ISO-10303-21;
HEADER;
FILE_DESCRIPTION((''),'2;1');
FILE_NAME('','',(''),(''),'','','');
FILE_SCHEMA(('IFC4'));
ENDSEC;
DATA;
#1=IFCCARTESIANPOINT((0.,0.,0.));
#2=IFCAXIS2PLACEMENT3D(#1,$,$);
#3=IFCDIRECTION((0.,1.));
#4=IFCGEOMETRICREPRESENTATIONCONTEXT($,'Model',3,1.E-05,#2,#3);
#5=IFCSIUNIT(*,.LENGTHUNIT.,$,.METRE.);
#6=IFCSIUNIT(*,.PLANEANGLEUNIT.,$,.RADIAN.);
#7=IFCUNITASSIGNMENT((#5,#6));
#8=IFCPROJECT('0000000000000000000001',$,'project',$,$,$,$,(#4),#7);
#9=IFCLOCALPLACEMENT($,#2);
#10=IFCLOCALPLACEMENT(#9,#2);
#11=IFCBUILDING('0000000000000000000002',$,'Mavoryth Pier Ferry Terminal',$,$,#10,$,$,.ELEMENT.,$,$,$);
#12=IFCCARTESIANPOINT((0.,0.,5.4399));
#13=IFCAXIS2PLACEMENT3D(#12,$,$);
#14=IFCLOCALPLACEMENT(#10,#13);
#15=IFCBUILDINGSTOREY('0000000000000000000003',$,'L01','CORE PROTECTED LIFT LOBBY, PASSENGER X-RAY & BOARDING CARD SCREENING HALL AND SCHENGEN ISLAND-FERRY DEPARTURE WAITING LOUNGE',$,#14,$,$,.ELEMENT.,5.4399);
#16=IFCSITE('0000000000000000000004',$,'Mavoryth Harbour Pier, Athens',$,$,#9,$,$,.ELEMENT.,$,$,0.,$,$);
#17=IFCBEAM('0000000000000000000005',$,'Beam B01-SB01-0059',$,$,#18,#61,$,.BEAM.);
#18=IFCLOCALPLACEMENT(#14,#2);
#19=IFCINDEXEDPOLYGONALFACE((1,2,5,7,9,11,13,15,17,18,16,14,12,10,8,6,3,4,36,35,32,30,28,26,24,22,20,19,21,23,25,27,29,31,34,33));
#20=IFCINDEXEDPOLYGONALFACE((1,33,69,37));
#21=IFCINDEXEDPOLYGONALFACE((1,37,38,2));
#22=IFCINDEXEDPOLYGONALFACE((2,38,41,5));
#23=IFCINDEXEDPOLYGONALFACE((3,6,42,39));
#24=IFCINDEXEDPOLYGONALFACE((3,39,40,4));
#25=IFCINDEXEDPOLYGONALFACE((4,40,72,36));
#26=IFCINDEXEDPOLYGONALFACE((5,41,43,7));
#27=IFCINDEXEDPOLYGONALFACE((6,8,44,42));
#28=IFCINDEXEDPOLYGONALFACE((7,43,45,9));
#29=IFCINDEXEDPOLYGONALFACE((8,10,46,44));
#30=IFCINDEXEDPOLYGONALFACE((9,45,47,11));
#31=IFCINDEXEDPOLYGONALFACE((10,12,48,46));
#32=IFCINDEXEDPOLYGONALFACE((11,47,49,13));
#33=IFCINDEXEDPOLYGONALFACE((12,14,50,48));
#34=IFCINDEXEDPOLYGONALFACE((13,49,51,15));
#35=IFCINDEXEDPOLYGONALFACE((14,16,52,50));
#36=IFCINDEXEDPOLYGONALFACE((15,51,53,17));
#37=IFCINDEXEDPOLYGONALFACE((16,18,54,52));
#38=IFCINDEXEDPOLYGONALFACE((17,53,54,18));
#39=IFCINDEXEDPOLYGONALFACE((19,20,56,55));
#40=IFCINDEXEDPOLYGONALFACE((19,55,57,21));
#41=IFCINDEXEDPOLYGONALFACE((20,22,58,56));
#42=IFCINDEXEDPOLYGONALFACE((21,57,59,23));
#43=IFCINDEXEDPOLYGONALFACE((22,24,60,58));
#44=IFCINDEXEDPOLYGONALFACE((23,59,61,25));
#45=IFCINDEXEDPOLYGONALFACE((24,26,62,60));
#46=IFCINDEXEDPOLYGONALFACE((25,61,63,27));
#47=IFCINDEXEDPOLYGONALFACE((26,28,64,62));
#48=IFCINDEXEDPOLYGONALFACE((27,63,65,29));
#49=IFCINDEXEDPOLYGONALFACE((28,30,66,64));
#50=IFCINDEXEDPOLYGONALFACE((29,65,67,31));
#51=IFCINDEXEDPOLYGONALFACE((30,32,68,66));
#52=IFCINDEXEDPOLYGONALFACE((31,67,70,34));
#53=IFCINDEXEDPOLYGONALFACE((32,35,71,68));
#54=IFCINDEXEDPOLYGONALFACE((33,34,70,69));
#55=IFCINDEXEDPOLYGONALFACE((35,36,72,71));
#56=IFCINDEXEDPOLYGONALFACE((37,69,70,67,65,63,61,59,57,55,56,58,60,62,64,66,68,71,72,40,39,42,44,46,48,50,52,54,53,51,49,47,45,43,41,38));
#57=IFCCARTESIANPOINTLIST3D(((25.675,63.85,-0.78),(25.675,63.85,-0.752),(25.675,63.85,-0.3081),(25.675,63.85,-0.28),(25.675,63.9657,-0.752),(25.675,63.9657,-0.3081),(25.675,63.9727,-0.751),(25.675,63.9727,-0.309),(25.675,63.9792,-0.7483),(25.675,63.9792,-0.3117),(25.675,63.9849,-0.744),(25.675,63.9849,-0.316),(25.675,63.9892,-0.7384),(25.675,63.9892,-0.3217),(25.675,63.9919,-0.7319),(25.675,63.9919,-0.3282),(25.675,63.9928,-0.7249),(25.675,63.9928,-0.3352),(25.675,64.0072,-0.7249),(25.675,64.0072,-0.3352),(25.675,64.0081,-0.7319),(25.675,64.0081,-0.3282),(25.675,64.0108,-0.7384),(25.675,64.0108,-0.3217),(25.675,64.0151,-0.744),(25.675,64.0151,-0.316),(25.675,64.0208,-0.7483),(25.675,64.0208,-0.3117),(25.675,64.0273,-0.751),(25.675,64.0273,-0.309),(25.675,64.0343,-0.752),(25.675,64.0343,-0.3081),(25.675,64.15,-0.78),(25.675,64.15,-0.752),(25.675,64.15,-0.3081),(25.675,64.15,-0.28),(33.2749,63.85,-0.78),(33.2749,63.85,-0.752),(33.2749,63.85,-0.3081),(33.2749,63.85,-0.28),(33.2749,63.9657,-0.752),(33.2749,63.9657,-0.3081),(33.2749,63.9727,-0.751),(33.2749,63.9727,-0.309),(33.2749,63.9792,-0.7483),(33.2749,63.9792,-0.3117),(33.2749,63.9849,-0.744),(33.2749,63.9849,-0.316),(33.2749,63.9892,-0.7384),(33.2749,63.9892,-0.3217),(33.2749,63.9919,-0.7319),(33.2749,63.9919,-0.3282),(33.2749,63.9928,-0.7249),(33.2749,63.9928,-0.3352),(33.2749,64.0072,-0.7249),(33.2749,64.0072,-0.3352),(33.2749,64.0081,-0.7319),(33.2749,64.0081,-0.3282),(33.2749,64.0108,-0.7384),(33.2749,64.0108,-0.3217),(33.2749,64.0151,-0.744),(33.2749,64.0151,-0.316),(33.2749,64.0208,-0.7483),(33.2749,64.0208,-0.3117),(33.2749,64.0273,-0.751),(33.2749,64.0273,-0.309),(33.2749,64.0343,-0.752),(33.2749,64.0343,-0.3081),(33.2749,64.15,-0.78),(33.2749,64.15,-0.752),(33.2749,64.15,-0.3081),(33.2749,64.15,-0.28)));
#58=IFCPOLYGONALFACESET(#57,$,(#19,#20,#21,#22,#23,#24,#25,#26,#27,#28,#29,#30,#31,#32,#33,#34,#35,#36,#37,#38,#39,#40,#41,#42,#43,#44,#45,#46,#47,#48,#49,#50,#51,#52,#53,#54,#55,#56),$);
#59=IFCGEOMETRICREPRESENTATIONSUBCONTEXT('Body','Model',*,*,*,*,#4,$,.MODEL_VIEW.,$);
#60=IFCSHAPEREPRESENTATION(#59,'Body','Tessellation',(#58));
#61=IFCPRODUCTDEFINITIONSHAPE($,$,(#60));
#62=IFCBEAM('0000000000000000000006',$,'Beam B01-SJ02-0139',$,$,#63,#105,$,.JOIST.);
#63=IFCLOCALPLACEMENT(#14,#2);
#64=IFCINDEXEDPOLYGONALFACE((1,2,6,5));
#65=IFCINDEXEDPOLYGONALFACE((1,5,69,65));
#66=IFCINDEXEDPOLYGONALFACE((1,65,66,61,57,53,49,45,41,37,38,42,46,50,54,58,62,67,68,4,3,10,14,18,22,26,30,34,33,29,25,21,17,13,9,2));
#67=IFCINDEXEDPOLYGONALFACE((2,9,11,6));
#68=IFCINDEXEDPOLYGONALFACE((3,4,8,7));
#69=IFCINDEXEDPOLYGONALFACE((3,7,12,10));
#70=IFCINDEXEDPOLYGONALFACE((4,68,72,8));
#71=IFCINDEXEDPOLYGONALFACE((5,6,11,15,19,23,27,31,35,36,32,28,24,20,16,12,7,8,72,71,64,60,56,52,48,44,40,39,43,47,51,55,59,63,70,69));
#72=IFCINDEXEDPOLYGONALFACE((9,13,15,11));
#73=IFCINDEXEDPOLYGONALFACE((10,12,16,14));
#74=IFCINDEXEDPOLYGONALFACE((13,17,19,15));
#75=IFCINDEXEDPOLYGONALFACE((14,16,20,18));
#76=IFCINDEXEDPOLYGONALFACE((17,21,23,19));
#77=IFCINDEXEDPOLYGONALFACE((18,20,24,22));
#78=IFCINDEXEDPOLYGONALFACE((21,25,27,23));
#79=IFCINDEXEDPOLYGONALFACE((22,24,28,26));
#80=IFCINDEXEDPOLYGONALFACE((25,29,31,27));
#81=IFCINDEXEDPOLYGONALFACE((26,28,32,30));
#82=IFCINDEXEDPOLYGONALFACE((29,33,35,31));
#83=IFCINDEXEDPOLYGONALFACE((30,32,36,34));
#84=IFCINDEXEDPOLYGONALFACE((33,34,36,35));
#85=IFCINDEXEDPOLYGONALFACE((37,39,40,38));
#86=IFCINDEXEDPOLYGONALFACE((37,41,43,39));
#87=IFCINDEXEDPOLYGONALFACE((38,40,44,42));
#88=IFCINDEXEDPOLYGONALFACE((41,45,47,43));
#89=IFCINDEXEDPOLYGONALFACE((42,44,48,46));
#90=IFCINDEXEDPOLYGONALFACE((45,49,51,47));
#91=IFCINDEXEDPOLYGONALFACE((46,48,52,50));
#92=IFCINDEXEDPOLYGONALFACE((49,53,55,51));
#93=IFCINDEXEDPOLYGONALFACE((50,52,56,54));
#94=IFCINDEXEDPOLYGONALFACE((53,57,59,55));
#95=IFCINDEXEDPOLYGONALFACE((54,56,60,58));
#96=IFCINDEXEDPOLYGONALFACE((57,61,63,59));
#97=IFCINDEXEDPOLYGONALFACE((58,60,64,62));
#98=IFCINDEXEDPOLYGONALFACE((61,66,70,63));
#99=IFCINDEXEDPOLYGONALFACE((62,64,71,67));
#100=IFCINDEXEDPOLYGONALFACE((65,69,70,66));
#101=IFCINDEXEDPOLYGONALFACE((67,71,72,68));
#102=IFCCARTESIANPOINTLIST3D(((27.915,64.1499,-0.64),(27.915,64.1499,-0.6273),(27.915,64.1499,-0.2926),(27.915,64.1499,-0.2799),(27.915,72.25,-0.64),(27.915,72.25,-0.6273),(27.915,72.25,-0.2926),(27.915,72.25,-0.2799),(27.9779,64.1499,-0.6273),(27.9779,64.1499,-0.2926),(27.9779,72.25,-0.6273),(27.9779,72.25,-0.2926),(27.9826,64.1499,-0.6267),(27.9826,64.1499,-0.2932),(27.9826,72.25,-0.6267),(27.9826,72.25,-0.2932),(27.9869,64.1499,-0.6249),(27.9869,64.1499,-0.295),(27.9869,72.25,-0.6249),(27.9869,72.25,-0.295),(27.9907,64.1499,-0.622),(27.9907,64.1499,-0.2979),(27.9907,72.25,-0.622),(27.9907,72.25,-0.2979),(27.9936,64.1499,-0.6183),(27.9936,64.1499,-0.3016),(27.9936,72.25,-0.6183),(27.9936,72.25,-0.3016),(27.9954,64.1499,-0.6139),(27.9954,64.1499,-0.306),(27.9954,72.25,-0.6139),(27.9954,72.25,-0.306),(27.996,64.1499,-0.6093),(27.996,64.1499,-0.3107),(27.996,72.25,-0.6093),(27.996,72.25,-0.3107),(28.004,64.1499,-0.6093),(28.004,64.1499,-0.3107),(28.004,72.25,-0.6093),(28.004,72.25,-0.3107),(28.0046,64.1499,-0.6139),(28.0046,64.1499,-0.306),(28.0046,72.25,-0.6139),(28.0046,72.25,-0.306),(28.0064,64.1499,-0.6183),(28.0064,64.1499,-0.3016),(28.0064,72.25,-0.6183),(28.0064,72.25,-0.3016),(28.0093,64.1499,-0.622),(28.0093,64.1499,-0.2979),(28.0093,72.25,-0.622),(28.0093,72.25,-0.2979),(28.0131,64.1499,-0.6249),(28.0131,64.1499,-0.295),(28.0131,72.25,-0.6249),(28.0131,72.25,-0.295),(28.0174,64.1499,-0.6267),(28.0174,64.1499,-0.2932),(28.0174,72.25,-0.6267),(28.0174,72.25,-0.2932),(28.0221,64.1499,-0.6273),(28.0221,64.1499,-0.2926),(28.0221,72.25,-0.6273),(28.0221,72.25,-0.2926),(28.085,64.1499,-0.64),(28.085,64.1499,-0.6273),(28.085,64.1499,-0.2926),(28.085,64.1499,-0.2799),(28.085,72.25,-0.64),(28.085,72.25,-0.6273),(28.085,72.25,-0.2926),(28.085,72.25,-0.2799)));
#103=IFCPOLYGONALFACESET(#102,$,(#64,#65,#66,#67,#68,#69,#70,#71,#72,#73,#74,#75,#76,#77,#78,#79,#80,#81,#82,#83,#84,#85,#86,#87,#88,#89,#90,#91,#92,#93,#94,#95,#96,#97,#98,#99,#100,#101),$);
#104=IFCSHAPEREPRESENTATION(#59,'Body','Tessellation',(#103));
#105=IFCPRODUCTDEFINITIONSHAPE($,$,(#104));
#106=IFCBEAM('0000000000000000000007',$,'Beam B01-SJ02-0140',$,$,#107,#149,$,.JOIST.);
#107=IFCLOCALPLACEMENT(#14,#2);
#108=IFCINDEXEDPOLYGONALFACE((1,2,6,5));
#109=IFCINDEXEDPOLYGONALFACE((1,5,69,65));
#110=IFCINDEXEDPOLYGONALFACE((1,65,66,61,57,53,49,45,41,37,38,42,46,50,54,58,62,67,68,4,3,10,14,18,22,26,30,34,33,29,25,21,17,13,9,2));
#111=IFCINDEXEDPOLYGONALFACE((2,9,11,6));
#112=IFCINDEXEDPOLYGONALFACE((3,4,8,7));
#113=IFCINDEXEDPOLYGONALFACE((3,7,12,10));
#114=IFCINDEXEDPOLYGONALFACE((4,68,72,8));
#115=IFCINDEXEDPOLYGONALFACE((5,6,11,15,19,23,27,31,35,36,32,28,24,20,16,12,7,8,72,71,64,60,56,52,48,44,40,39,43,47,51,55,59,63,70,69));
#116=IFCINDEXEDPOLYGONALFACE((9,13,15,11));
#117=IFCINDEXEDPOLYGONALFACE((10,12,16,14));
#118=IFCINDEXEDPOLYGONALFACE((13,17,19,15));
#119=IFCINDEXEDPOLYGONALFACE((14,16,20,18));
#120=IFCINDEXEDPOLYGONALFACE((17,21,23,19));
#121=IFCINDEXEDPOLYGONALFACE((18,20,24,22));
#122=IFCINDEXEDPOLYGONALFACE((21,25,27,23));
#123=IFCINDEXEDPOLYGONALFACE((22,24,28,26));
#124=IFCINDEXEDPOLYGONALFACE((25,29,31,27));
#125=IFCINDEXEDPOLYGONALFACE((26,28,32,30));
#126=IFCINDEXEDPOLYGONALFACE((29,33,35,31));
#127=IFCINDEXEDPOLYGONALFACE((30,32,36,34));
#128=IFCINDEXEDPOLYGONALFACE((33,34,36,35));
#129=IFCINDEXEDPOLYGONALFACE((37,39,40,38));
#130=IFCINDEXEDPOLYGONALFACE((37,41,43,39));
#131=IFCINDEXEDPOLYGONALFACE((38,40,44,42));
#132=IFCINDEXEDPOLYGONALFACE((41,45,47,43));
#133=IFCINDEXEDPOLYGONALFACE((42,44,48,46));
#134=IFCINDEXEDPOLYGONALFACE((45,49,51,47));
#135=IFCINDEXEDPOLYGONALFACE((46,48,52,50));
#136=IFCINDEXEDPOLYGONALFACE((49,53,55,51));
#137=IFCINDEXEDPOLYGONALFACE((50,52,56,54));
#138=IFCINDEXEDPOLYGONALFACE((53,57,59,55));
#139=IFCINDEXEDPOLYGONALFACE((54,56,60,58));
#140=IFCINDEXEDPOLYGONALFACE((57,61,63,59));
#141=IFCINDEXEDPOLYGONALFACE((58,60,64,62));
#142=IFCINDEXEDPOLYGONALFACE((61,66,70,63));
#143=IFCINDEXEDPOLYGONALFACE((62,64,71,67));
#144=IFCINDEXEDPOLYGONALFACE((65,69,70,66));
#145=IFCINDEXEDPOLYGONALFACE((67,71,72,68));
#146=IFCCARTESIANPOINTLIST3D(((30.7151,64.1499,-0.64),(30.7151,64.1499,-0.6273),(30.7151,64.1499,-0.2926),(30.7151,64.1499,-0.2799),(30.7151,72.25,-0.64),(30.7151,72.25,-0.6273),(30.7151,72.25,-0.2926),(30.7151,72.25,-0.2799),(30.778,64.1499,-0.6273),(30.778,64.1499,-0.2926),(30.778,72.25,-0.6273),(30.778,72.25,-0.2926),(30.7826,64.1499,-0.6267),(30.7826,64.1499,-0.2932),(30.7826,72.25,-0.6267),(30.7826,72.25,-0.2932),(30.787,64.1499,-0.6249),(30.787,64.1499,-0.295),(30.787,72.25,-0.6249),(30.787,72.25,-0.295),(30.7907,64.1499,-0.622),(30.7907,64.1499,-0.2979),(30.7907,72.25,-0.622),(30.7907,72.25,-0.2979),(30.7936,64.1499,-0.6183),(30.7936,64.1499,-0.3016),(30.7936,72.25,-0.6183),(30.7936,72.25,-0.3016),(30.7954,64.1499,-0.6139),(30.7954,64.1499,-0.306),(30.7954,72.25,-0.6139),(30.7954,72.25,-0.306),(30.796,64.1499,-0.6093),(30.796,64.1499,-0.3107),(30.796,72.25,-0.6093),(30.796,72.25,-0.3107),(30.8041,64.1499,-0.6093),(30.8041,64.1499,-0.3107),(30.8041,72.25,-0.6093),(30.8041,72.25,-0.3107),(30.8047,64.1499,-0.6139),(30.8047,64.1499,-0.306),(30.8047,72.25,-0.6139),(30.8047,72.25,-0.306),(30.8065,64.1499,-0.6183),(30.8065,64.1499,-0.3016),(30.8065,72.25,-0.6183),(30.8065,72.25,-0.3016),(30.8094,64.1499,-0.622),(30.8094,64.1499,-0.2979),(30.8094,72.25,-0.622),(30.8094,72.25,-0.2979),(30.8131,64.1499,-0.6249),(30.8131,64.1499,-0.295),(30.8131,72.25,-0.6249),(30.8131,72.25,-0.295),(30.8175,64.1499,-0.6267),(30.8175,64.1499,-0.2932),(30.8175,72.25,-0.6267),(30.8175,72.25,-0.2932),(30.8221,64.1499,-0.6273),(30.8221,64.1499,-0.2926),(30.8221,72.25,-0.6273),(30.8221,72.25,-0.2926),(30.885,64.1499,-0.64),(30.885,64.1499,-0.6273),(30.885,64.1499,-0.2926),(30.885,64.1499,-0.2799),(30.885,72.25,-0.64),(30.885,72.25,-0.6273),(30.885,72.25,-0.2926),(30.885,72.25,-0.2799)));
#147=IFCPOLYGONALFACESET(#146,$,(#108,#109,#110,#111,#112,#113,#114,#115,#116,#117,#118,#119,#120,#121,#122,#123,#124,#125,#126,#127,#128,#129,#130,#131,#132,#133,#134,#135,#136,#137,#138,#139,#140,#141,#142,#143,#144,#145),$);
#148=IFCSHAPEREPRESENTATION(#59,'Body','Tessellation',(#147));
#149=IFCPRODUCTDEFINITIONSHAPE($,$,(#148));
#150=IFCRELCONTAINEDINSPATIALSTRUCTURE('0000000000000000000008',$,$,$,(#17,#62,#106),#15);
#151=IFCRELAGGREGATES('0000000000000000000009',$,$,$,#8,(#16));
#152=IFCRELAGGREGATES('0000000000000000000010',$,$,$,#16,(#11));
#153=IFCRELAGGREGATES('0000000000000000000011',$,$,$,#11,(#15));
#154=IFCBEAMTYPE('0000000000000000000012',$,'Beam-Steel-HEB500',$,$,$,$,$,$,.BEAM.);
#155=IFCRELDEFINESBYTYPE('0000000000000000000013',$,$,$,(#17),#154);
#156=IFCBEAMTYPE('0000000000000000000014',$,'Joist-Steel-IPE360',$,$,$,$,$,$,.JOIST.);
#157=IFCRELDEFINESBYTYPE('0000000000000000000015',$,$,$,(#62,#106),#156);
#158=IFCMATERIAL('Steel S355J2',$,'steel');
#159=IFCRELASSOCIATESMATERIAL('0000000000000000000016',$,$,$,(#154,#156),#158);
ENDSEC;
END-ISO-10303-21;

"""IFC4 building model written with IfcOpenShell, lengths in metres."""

from ifc_helpers import new_model, si_unit, direction, frame, origin, origin_2d, place, context, subcontext, project, spatial, i_section, extrude, material, material_profile, profile_set, type_object, element, save


model = new_model("IFC4")

# Units and contexts
model_context = context("Model", 3, precision=1e-05, world=origin(), true_north=direction((0.0, 1.0)))
body_context = subcontext(model_context, "Body", "Model", "MODEL_VIEW")
ifc_project = project(units=[si_unit("LENGTHUNIT", "METRE"), si_unit("PLANEANGLEUNIT", "RADIAN")], contexts=[model_context])

# Site, building, storey
site_placement = place(None, origin())
site = spatial("IfcSite", under=ifc_project, at=site_placement, Name="Mavoryth Harbour Pier, Athens", CompositionType="ELEMENT", RefElevation=0.0)
building_placement = place(site_placement, origin())
building = spatial("IfcBuilding", under=site, at=building_placement, Name="Mavoryth Pier Ferry Terminal", CompositionType="ELEMENT")
storey_placement = place(building_placement, frame((0.0, 0.0, 5.4399)))
storey = spatial("IfcBuildingStorey", under=building, at=storey_placement, Name="L01", Description="CORE PROTECTED LIFT LOBBY, PASSENGER X-RAY & BOARDING CARD SCREENING HALL AND SCHENGEN ISLAND-FERRY DEPARTURE WAITING LOUNGE", CompositionType="ELEMENT", Elevation=5.4399)

# Beams
ifc_material_1 = material(Name="Steel S355J2", Category="steel")
ifc_material_profile_1 = material_profile(ifc_material_1, i_section(OverallWidth=0.3, OverallDepth=0.5, WebThickness=0.0144, FlangeThickness=0.0281, FilletRadius=0.0271, at=origin_2d()), Name="HEB 500", Category="steel")
ifc_profile_set_1 = profile_set([ifc_material_profile_1], Name="Steel S355J2 - HEB 500")
beam_type_1 = type_object("IfcBeamType", Name="Beam-Steel-HEB500", PredefinedType="BEAM", material=ifc_profile_set_1)
beam_1_placement = place(storey_placement, frame((25.675, 64.0, -0.53), z_axis=(1.0, 0.0, 0.0), x_axis=(0.0, 1.0, 0.0)))
element("IfcBeam", 1, at=beam_1_placement, inside=storey, type_object=beam_type_1, Name="Beam B01-SB01-0059", PredefinedType="BEAM", context=body_context, shape_type="SweptSolid", body=[
    extrude(i_section(OverallWidth=0.3, OverallDepth=0.5, WebThickness=0.0144, FlangeThickness=0.0281, FilletRadius=0.0271, at=origin_2d()), origin(), (0.0, 0.0, 1.0), 7.5999),
])
ifc_material_profile_2 = material_profile(ifc_material_1, i_section(OverallWidth=0.1699, OverallDepth=0.3601, WebThickness=0.0081, FlangeThickness=0.0127, FilletRadius=0.0181, at=origin_2d()), Name="IPE 360", Category="steel")
ifc_profile_set_2 = profile_set([ifc_material_profile_2], Name="Steel S355J2 - IPE 360")
beam_type_2 = type_object("IfcBeamType", Name="Joist-Steel-IPE360", PredefinedType="JOIST", material=ifc_profile_set_2)
for number, where, z_axis, x_axis, name in (
    (2, (28.0, 64.1499, -0.46), (0.0, 1.0, 0.0), (-1.0, 0.0, 0.0), "Beam B01-SJ02-0139"),
    (3, (30.8, 64.1499, -0.46), (0.0, 1.0, 0.0), (-1.0, 0.0, 0.0), "Beam B01-SJ02-0140"),
):
    element("IfcBeam", number, at=place(storey_placement, frame(where, z_axis=z_axis, x_axis=x_axis)), inside=storey, type_object=beam_type_2, Name=name, PredefinedType="JOIST", context=body_context, shape_type="SweptSolid", body=[
        extrude(i_section(OverallWidth=0.1699, OverallDepth=0.3601, WebThickness=0.0081, FlangeThickness=0.0127, FilletRadius=0.0181, at=origin_2d()), origin(), (0.0, 0.0, 1.0), 8.1001),
    ])

save(model, "model.ifc")
